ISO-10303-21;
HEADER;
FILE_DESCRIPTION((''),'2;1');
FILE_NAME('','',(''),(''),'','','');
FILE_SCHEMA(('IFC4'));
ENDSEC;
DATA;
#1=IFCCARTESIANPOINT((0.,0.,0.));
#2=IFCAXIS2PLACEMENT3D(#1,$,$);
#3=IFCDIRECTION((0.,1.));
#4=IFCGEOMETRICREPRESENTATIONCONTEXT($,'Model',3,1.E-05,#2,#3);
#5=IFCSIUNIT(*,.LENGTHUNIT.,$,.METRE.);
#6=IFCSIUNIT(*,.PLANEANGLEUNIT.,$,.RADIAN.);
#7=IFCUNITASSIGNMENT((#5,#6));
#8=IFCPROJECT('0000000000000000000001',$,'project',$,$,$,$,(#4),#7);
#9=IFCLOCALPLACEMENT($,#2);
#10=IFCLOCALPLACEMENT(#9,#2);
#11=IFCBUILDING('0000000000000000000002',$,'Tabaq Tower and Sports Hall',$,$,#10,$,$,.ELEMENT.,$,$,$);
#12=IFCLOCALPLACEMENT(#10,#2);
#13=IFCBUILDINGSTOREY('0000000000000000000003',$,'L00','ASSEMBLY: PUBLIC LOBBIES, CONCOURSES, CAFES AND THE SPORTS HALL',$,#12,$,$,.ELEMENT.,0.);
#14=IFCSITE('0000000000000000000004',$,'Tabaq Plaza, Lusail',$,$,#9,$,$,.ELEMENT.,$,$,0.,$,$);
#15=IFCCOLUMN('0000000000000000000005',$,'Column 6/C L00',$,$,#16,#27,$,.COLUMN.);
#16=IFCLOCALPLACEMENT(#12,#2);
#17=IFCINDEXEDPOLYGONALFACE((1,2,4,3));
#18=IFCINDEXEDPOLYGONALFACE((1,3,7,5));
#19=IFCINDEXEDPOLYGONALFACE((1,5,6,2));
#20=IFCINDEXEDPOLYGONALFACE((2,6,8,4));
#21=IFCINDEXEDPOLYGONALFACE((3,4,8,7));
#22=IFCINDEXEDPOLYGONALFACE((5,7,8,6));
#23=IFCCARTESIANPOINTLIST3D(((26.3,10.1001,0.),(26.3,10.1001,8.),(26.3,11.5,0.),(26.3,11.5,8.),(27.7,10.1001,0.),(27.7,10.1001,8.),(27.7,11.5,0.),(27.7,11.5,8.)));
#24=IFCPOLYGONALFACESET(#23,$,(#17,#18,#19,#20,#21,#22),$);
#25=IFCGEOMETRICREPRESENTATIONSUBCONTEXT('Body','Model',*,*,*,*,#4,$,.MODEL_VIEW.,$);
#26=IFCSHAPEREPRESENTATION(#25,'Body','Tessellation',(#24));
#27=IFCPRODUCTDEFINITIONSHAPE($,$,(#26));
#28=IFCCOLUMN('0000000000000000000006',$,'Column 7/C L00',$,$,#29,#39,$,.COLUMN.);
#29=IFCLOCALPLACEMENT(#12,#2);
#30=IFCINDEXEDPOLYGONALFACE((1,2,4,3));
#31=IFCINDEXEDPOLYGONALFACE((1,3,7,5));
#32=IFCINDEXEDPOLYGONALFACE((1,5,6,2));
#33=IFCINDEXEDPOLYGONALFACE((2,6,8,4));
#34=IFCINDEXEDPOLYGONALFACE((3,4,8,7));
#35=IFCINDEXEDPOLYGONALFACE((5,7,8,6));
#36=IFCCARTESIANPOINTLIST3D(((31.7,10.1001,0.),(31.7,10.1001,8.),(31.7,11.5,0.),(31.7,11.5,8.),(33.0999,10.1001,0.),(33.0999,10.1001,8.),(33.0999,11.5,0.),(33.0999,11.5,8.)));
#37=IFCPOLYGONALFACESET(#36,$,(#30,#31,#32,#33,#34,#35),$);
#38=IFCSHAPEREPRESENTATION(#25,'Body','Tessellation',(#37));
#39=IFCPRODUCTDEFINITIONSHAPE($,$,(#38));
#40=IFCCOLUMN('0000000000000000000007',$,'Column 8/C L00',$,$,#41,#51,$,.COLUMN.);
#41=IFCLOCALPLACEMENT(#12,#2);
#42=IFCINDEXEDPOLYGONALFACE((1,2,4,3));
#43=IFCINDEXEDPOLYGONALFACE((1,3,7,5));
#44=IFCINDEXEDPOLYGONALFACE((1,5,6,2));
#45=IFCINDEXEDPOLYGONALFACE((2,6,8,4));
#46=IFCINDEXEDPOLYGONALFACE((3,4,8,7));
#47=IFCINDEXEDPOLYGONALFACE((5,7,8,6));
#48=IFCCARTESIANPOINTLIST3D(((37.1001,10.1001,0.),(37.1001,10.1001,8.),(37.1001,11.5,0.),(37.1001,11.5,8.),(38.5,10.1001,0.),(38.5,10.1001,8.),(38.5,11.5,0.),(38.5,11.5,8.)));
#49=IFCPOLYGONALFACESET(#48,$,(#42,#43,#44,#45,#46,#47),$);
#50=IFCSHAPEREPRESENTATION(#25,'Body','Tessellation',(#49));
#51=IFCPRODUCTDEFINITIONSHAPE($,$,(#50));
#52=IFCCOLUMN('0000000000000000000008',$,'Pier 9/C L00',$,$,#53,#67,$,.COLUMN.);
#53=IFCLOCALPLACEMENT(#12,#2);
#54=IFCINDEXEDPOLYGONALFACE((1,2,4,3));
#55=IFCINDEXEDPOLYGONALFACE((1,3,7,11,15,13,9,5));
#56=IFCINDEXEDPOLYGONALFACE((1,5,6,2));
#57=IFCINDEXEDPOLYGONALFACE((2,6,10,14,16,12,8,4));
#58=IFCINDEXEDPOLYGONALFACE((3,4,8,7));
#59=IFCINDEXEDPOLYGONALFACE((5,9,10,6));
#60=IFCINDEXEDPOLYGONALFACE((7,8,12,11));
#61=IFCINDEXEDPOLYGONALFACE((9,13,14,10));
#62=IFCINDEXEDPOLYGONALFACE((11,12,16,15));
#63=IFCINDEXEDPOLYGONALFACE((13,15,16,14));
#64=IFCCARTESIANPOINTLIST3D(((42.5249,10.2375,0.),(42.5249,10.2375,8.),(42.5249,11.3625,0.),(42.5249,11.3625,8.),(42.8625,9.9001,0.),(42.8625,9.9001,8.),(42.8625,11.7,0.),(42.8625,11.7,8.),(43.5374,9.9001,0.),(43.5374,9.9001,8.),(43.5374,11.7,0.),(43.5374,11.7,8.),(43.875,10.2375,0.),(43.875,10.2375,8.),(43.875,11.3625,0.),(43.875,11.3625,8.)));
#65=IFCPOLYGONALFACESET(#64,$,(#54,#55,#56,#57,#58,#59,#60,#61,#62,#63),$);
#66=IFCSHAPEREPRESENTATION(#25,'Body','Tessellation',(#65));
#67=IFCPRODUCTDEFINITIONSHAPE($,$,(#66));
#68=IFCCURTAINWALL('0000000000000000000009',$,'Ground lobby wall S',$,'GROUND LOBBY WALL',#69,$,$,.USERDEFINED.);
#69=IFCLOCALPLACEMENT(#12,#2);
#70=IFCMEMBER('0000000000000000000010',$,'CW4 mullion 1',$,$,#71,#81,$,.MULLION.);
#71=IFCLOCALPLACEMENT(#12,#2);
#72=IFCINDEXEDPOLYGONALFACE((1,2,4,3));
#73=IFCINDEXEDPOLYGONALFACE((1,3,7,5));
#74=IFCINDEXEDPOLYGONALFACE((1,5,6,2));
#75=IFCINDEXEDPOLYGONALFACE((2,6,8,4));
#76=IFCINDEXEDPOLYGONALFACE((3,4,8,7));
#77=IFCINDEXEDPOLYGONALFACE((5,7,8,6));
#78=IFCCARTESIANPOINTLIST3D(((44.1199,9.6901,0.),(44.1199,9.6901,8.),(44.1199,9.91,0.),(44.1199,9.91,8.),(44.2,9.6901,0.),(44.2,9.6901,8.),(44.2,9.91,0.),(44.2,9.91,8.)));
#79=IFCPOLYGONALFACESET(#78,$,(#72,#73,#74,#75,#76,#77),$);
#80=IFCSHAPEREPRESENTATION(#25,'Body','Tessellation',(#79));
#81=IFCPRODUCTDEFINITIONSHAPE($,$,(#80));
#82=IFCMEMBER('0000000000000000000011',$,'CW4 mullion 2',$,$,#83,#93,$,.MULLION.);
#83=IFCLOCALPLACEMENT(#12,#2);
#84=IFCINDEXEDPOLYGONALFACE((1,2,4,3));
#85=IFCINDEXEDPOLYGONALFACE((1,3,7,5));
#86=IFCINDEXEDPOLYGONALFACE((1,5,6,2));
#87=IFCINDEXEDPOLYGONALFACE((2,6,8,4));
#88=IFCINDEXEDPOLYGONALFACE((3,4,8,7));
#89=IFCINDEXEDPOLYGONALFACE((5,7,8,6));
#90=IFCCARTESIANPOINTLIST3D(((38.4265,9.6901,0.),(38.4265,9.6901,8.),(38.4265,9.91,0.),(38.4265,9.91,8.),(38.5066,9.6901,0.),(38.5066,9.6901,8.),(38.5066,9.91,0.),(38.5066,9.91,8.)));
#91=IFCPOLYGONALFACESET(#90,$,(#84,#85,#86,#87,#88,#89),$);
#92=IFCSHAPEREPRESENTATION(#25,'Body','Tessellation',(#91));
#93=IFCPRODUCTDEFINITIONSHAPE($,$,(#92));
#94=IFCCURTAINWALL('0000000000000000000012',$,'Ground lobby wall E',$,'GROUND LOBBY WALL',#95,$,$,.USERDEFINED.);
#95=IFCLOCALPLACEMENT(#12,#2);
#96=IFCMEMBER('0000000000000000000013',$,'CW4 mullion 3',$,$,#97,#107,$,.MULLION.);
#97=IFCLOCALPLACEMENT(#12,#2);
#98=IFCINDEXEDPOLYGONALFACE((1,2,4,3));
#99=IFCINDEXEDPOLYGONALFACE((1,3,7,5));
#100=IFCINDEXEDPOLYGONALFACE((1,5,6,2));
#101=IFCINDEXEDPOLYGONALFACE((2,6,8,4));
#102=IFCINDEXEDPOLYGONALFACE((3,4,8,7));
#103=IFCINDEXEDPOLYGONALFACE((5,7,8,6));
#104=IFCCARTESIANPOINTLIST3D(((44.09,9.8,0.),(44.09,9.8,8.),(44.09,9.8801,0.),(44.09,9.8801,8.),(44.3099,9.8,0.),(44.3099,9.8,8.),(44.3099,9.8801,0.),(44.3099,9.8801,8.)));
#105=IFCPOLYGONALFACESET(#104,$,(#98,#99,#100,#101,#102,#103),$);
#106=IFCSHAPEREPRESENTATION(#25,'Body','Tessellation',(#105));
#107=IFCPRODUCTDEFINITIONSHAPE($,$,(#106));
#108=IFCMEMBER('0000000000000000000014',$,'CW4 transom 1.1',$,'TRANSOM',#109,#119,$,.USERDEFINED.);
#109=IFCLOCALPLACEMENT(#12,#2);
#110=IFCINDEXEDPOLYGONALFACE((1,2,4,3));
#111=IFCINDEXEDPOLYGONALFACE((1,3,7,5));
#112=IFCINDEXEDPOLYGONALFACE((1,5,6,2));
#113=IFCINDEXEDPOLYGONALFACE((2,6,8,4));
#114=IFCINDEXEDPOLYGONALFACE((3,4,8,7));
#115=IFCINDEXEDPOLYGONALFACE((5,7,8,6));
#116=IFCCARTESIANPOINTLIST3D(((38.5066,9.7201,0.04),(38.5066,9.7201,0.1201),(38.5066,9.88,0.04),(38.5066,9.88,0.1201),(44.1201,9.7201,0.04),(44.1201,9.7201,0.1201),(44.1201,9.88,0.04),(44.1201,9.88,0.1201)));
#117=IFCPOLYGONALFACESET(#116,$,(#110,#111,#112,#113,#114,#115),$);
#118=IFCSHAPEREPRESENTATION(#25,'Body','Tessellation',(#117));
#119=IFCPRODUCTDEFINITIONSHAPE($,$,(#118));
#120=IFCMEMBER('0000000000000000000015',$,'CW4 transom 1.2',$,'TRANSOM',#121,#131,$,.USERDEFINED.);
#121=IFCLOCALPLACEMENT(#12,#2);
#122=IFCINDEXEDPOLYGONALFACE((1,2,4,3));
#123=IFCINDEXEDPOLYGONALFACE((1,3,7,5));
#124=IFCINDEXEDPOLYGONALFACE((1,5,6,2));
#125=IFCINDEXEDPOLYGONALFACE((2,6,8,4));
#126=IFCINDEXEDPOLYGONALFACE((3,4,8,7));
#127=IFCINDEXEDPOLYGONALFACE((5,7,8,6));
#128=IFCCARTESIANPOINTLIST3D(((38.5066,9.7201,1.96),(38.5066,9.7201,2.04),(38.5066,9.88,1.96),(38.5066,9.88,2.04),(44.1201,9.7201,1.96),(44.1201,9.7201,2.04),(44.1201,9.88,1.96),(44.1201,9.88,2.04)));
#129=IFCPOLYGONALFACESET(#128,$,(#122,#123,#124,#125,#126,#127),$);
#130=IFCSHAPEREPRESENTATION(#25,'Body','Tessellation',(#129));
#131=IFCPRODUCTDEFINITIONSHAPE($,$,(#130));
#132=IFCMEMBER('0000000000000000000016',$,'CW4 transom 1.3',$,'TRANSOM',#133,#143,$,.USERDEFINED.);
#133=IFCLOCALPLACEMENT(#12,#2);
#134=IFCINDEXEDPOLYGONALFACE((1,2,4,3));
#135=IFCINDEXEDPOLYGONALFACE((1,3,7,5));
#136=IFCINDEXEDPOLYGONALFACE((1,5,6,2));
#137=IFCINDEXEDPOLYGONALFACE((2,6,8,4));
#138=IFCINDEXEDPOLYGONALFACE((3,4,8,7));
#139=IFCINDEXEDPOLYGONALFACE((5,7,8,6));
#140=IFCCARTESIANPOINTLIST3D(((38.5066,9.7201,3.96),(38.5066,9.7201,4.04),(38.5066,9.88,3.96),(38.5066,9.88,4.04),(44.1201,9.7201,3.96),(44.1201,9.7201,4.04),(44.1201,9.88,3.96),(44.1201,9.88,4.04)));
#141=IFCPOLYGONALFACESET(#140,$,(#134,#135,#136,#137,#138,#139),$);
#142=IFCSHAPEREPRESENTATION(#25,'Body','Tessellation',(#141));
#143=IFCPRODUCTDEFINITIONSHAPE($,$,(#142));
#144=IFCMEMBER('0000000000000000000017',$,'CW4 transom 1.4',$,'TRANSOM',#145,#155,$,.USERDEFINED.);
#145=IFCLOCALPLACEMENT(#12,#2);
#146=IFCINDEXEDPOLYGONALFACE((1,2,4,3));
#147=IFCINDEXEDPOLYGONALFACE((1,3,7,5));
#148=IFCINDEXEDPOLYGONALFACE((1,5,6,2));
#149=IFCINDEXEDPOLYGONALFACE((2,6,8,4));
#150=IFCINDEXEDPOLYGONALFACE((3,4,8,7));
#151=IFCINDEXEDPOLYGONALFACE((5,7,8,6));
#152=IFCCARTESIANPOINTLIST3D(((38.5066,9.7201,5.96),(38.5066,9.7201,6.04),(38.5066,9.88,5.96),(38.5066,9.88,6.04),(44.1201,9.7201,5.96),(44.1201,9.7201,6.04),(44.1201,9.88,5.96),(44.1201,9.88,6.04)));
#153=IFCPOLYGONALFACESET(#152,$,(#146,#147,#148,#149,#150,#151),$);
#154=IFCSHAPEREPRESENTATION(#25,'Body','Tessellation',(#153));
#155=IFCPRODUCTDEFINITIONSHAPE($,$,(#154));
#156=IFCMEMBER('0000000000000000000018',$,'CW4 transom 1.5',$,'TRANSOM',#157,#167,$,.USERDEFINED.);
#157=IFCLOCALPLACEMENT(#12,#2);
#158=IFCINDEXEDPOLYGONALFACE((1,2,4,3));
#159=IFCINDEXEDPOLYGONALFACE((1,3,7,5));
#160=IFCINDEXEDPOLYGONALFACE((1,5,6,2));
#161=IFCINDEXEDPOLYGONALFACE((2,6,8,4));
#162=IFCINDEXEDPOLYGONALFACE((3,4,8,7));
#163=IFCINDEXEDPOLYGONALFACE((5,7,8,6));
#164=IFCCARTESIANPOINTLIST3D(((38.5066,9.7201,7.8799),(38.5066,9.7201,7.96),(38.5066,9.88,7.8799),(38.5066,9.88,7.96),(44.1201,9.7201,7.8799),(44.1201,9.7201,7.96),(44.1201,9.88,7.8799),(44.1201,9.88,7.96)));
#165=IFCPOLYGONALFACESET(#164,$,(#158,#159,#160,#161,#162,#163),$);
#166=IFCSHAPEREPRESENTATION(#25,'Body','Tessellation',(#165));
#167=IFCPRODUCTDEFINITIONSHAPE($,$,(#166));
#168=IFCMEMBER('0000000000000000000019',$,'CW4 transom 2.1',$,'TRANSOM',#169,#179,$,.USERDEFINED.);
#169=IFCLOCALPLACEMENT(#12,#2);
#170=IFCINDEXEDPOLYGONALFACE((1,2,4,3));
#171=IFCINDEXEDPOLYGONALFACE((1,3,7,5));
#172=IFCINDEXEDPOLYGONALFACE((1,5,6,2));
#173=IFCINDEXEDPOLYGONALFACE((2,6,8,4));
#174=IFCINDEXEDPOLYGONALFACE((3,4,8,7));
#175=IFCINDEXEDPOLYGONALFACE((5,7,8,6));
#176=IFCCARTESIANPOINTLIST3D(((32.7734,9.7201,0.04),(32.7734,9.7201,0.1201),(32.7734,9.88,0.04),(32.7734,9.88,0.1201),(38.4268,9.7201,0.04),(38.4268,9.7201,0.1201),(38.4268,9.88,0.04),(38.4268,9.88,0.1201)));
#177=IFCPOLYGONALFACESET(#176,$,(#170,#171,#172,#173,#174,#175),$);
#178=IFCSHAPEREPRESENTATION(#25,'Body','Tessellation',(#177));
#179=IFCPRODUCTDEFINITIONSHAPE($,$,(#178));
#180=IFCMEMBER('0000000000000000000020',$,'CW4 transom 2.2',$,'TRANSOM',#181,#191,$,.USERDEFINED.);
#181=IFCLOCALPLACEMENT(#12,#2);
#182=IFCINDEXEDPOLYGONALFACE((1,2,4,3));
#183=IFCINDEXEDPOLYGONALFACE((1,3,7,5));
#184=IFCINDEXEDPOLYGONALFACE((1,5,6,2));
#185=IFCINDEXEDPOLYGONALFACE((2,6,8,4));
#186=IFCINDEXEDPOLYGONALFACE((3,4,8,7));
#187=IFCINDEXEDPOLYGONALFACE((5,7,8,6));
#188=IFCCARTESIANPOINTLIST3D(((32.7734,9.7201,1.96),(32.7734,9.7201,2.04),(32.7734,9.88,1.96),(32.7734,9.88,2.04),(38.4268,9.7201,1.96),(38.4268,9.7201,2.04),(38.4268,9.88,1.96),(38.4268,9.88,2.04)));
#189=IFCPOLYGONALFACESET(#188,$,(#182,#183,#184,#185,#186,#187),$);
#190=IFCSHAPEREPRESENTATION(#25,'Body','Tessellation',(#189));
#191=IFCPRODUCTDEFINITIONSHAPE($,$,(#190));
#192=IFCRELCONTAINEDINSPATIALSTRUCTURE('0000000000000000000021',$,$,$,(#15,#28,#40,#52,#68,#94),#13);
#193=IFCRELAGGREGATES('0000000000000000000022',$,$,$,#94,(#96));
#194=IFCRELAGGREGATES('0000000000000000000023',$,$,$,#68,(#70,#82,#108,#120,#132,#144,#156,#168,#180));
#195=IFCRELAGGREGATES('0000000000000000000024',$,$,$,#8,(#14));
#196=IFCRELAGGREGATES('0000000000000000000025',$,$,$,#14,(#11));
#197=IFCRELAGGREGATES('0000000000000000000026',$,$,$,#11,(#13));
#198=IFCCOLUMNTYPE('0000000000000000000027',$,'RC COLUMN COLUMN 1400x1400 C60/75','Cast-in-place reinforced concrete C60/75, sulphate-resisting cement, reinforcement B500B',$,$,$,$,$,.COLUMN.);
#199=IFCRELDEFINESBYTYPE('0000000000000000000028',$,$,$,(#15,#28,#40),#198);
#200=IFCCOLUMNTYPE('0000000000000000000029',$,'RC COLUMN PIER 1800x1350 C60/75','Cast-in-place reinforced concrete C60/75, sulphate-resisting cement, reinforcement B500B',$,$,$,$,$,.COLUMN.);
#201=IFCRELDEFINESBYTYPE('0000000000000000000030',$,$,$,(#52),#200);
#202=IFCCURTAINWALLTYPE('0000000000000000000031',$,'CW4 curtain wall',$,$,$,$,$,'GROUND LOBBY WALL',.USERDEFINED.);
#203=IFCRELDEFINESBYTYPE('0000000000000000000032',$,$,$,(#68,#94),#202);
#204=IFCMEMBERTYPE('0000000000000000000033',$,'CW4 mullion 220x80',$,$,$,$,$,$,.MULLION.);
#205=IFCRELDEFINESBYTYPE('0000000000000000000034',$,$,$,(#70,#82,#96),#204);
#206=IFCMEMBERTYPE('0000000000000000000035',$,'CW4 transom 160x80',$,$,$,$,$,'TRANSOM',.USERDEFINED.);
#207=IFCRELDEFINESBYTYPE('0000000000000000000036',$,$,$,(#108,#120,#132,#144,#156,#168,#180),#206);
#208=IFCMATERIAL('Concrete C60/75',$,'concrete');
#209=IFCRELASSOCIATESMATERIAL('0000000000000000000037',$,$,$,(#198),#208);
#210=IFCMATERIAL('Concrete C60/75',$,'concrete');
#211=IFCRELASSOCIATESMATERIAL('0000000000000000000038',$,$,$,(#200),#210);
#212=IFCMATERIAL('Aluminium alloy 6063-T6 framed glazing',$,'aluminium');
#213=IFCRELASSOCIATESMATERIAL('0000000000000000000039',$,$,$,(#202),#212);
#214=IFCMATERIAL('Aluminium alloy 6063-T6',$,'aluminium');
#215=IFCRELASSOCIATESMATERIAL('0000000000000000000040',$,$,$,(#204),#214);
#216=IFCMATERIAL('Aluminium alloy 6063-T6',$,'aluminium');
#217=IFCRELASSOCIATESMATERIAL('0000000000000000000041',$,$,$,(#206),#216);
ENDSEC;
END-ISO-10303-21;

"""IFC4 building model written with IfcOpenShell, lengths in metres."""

from ifc_helpers import new_model, si_unit, direction, frame, origin, origin_2d, place, context, subcontext, project, spatial, polyline, rectangle, outline, extrude, material, material_profile, profile_set, type_object, element, aggregate, save


model = new_model("IFC4")

# Units and contexts
model_context = context("Model", 3, precision=1e-05, world=origin(), true_north=direction((0.0, 1.0)))
body_context = subcontext(model_context, "Body", "Model", "MODEL_VIEW")
ifc_project = project(units=[si_unit("LENGTHUNIT", "METRE"), si_unit("PLANEANGLEUNIT", "RADIAN")], contexts=[model_context])

# Site, building, storey
site_placement = place(None, origin())
site = spatial("IfcSite", under=ifc_project, at=site_placement, Name="Tabaq Plaza, Lusail", CompositionType="ELEMENT", RefElevation=0.0)
building_placement = place(site_placement, origin())
building = spatial("IfcBuilding", under=site, at=building_placement, Name="Tabaq Tower and Sports Hall", CompositionType="ELEMENT")
storey_placement = place(building_placement, origin())
storey = spatial("IfcBuildingStorey", under=building, at=storey_placement, Name="L00", Description="ASSEMBLY: PUBLIC LOBBIES, CONCOURSES, CAFES AND THE SPORTS HALL", CompositionType="ELEMENT", Elevation=0.0)

# Columns
ifc_material_1 = material(Name="Concrete C60/75", Category="concrete")
ifc_material_profile_1 = material_profile(ifc_material_1, rectangle(XDim=1.3999, YDim=1.3999, at=origin_2d()), Name="COLUMN 1400x1400")
ifc_profile_set_1 = profile_set([ifc_material_profile_1], Name="Concrete C60/75")
column_type_1 = type_object("IfcColumnType", Name="RC COLUMN COLUMN 1400x1400 C60/75", Description="Cast-in-place reinforced concrete C60/75, sulphate-resisting cement, reinforcement B500B", PredefinedType="COLUMN", material=ifc_profile_set_1)
for number, where, z_axis, x_axis, name in (
    (1, (27.0, 10.8, 0.0), (0.0, 0.0, 1.0), (1.0, 0.0, 0.0), "Column 6/C L00"),
    (2, (32.3999, 10.8, 0.0), (0.0, 0.0, 1.0), (1.0, 0.0, 0.0), "Column 7/C L00"),
    (3, (37.8, 10.8, 0.0), (0.0, 0.0, 1.0), (1.0, 0.0, 0.0), "Column 8/C L00"),
):
    element("IfcColumn", number, at=place(storey_placement, frame(where, z_axis=z_axis, x_axis=x_axis)), inside=storey, type_object=column_type_1, Name=name, PredefinedType="COLUMN", context=body_context, shape_type="SweptSolid", body=[
        extrude(rectangle(XDim=1.3999, YDim=1.3999, at=origin_2d()), origin(), (0.0, 0.0, 1.0), 8.0),
    ])
ifc_material_2 = material(Name="Concrete C60/75", Category="concrete")
ifc_material_profile_2 = material_profile(ifc_material_2, outline(polyline([(-0.5625, -0.675), (0.5625, -0.675), (0.8999, -0.3374), (0.8999, 0.3374), (0.5625, 0.675), (-0.5625, 0.675), (-0.8999, 0.3374), (-0.8999, -0.3374), (-0.5625, -0.675)])), Name="PIER 1800x1350")
ifc_profile_set_2 = profile_set([ifc_material_profile_2], Name="Concrete C60/75")
column_type_2 = type_object("IfcColumnType", Name="RC COLUMN PIER 1800x1350 C60/75", Description="Cast-in-place reinforced concrete C60/75, sulphate-resisting cement, reinforcement B500B", PredefinedType="COLUMN", material=ifc_profile_set_2)
column_placement = place(storey_placement, frame((43.2, 10.8, 0.0), z_axis=(0.0, 0.0, 1.0), x_axis=(0.0, 1.0, 0.0)))
element("IfcColumn", 4, at=column_placement, inside=storey, type_object=column_type_2, Name="Pier 9/C L00", PredefinedType="COLUMN", context=body_context, shape_type="SweptSolid", body=[
    extrude(outline(polyline([(-0.5625, -0.675), (0.5625, -0.675), (0.8999, -0.3374), (0.8999, 0.3374), (0.5625, 0.675), (-0.5625, 0.675), (-0.8999, 0.3374), (-0.8999, -0.3374), (-0.5625, -0.675)])), origin(), (0.0, 0.0, 1.0), 8.0),
])

# Curtain wall, members
ifc_material_3 = material(Name="Aluminium alloy 6063-T6 framed glazing", Category="aluminium")
curtain_wall_type = type_object("IfcCurtainWallType", Name="CW4 curtain wall", ElementType="GROUND LOBBY WALL", PredefinedType="USERDEFINED", material=ifc_material_3)
curtain_wall_1_placement = place(storey_placement, origin())
curtain_wall_1 = element("IfcCurtainWall", 5, at=curtain_wall_1_placement, inside=storey, type_object=curtain_wall_type, Name="Ground lobby wall S", ObjectType="GROUND LOBBY WALL", PredefinedType="USERDEFINED")
ifc_material_4 = material(Name="Aluminium alloy 6063-T6", Category="aluminium")
ifc_material_profile_3 = material_profile(ifc_material_4, rectangle(XDim=0.22, YDim=0.0801, at=origin_2d()), Name="MULLION 220x80")
ifc_profile_set_3 = profile_set([ifc_material_profile_3], Name="Aluminium alloy 6063-T6")
member_type_1 = type_object("IfcMemberType", Name="CW4 mullion 220x80", PredefinedType="MULLION", material=ifc_profile_set_3)
member_1_placement = place(storey_placement, frame((44.1599, 9.8, 0.0), z_axis=(0.0, 0.0, 1.0), x_axis=(0.0, -1.0, 0.0)))
member_1 = element("IfcMember", 6, at=member_1_placement, type_object=member_type_1, Name="CW4 mullion 1", PredefinedType="MULLION", context=body_context, shape_type="SweptSolid", body=[
    extrude(rectangle(XDim=0.22, YDim=0.0801, at=origin_2d()), origin(), (0.0, 0.0, 1.0), 8.0),
])
member_2_placement = place(storey_placement, frame((38.4666, 9.8, 0.0), z_axis=(0.0, 0.0, 1.0), x_axis=(0.0, -1.0, 0.0)))
member_2 = element("IfcMember", 7, at=member_2_placement, type_object=member_type_1, Name="CW4 mullion 2", PredefinedType="MULLION", context=body_context, shape_type="SweptSolid", body=[
    extrude(rectangle(XDim=0.22, YDim=0.0801, at=origin_2d()), origin(), (0.0, 0.0, 1.0), 8.0),
])

# Curtain wall, member
curtain_wall_2_placement = place(storey_placement, origin())
curtain_wall_2 = element("IfcCurtainWall", 8, at=curtain_wall_2_placement, inside=storey, type_object=curtain_wall_type, Name="Ground lobby wall E", ObjectType="GROUND LOBBY WALL", PredefinedType="USERDEFINED")
member_3_placement = place(storey_placement, frame((44.2, 9.8401, 0.0), z_axis=(0.0, 0.0, 1.0), x_axis=(1.0, 0.0, 0.0)))
member_3 = element("IfcMember", 9, at=member_3_placement, type_object=member_type_1, Name="CW4 mullion 3", PredefinedType="MULLION", context=body_context, shape_type="SweptSolid", body=[
    extrude(rectangle(XDim=0.22, YDim=0.0801, at=origin_2d()), origin(), (0.0, 0.0, 1.0), 8.0),
])
aggregate(curtain_wall_2, [member_3])

# Members
ifc_material_5 = material(Name="Aluminium alloy 6063-T6", Category="aluminium")
ifc_material_profile_4 = material_profile(ifc_material_5, rectangle(XDim=0.1599, YDim=0.0801, at=origin_2d()), Name="TRANSOM 160x80")
ifc_profile_set_4 = profile_set([ifc_material_profile_4], Name="Aluminium alloy 6063-T6")
member_type_2 = type_object("IfcMemberType", Name="CW4 transom 160x80", ElementType="TRANSOM", PredefinedType="USERDEFINED", material=ifc_profile_set_4)
member_4_placement = place(storey_placement, frame((44.1201, 9.8, 0.0801), z_axis=(-1.0, 0.0, 0.0), x_axis=(0.0, -1.0, 0.0)))
member_4 = element("IfcMember", 10, at=member_4_placement, type_object=member_type_2, Name="CW4 transom 1.1", ObjectType="TRANSOM", PredefinedType="USERDEFINED", context=body_context, shape_type="SweptSolid", body=[
    extrude(rectangle(XDim=0.1599, YDim=0.0801, at=origin_2d()), origin(), (0.0, 0.0, 1.0), 5.6135),
])
member_5_placement = place(storey_placement, frame((44.1201, 9.8, 2.0), z_axis=(-1.0, 0.0, 0.0), x_axis=(0.0, -1.0, 0.0)))
member_5 = element("IfcMember", 11, at=member_5_placement, type_object=member_type_2, Name="CW4 transom 1.2", ObjectType="TRANSOM", PredefinedType="USERDEFINED", context=body_context, shape_type="SweptSolid", body=[
    extrude(rectangle(XDim=0.1599, YDim=0.0801, at=origin_2d()), origin(), (0.0, 0.0, 1.0), 5.6135),
])
member_6_placement = place(storey_placement, frame((44.1201, 9.8, 4.0), z_axis=(-1.0, 0.0, 0.0), x_axis=(0.0, -1.0, 0.0)))
member_6 = element("IfcMember", 12, at=member_6_placement, type_object=member_type_2, Name="CW4 transom 1.3", ObjectType="TRANSOM", PredefinedType="USERDEFINED", context=body_context, shape_type="SweptSolid", body=[
    extrude(rectangle(XDim=0.1599, YDim=0.0801, at=origin_2d()), origin(), (0.0, 0.0, 1.0), 5.6135),
])
member_7_placement = place(storey_placement, frame((44.1201, 9.8, 6.0), z_axis=(-1.0, 0.0, 0.0), x_axis=(0.0, -1.0, 0.0)))
member_7 = element("IfcMember", 13, at=member_7_placement, type_object=member_type_2, Name="CW4 transom 1.4", ObjectType="TRANSOM", PredefinedType="USERDEFINED", context=body_context, shape_type="SweptSolid", body=[
    extrude(rectangle(XDim=0.1599, YDim=0.0801, at=origin_2d()), origin(), (0.0, 0.0, 1.0), 5.6135),
])
member_8_placement = place(storey_placement, frame((44.1201, 9.8, 7.9199), z_axis=(-1.0, 0.0, 0.0), x_axis=(0.0, -1.0, 0.0)))
member_8 = element("IfcMember", 14, at=member_8_placement, type_object=member_type_2, Name="CW4 transom 1.5", ObjectType="TRANSOM", PredefinedType="USERDEFINED", context=body_context, shape_type="SweptSolid", body=[
    extrude(rectangle(XDim=0.1599, YDim=0.0801, at=origin_2d()), origin(), (0.0, 0.0, 1.0), 5.6135),
])
member_9_placement = place(storey_placement, frame((38.4268, 9.8, 0.0801), z_axis=(-1.0, 0.0, 0.0), x_axis=(0.0, -1.0, 0.0)))
member_9 = element("IfcMember", 15, at=member_9_placement, type_object=member_type_2, Name="CW4 transom 2.1", ObjectType="TRANSOM", PredefinedType="USERDEFINED", context=body_context, shape_type="SweptSolid", body=[
    extrude(rectangle(XDim=0.1599, YDim=0.0801, at=origin_2d()), origin(), (0.0, 0.0, 1.0), 5.6533),
])
member_10_placement = place(storey_placement, frame((38.4268, 9.8, 2.0), z_axis=(-1.0, 0.0, 0.0), x_axis=(0.0, -1.0, 0.0)))
member_10 = element("IfcMember", 16, at=member_10_placement, type_object=member_type_2, Name="CW4 transom 2.2", ObjectType="TRANSOM", PredefinedType="USERDEFINED", context=body_context, shape_type="SweptSolid", body=[
    extrude(rectangle(XDim=0.1599, YDim=0.0801, at=origin_2d()), origin(), (0.0, 0.0, 1.0), 5.6533),
])

aggregate(curtain_wall_1, [member_1, member_2, member_4, member_5, member_6, member_7, member_8, member_9, member_10])

save(model, "model.ifc")
